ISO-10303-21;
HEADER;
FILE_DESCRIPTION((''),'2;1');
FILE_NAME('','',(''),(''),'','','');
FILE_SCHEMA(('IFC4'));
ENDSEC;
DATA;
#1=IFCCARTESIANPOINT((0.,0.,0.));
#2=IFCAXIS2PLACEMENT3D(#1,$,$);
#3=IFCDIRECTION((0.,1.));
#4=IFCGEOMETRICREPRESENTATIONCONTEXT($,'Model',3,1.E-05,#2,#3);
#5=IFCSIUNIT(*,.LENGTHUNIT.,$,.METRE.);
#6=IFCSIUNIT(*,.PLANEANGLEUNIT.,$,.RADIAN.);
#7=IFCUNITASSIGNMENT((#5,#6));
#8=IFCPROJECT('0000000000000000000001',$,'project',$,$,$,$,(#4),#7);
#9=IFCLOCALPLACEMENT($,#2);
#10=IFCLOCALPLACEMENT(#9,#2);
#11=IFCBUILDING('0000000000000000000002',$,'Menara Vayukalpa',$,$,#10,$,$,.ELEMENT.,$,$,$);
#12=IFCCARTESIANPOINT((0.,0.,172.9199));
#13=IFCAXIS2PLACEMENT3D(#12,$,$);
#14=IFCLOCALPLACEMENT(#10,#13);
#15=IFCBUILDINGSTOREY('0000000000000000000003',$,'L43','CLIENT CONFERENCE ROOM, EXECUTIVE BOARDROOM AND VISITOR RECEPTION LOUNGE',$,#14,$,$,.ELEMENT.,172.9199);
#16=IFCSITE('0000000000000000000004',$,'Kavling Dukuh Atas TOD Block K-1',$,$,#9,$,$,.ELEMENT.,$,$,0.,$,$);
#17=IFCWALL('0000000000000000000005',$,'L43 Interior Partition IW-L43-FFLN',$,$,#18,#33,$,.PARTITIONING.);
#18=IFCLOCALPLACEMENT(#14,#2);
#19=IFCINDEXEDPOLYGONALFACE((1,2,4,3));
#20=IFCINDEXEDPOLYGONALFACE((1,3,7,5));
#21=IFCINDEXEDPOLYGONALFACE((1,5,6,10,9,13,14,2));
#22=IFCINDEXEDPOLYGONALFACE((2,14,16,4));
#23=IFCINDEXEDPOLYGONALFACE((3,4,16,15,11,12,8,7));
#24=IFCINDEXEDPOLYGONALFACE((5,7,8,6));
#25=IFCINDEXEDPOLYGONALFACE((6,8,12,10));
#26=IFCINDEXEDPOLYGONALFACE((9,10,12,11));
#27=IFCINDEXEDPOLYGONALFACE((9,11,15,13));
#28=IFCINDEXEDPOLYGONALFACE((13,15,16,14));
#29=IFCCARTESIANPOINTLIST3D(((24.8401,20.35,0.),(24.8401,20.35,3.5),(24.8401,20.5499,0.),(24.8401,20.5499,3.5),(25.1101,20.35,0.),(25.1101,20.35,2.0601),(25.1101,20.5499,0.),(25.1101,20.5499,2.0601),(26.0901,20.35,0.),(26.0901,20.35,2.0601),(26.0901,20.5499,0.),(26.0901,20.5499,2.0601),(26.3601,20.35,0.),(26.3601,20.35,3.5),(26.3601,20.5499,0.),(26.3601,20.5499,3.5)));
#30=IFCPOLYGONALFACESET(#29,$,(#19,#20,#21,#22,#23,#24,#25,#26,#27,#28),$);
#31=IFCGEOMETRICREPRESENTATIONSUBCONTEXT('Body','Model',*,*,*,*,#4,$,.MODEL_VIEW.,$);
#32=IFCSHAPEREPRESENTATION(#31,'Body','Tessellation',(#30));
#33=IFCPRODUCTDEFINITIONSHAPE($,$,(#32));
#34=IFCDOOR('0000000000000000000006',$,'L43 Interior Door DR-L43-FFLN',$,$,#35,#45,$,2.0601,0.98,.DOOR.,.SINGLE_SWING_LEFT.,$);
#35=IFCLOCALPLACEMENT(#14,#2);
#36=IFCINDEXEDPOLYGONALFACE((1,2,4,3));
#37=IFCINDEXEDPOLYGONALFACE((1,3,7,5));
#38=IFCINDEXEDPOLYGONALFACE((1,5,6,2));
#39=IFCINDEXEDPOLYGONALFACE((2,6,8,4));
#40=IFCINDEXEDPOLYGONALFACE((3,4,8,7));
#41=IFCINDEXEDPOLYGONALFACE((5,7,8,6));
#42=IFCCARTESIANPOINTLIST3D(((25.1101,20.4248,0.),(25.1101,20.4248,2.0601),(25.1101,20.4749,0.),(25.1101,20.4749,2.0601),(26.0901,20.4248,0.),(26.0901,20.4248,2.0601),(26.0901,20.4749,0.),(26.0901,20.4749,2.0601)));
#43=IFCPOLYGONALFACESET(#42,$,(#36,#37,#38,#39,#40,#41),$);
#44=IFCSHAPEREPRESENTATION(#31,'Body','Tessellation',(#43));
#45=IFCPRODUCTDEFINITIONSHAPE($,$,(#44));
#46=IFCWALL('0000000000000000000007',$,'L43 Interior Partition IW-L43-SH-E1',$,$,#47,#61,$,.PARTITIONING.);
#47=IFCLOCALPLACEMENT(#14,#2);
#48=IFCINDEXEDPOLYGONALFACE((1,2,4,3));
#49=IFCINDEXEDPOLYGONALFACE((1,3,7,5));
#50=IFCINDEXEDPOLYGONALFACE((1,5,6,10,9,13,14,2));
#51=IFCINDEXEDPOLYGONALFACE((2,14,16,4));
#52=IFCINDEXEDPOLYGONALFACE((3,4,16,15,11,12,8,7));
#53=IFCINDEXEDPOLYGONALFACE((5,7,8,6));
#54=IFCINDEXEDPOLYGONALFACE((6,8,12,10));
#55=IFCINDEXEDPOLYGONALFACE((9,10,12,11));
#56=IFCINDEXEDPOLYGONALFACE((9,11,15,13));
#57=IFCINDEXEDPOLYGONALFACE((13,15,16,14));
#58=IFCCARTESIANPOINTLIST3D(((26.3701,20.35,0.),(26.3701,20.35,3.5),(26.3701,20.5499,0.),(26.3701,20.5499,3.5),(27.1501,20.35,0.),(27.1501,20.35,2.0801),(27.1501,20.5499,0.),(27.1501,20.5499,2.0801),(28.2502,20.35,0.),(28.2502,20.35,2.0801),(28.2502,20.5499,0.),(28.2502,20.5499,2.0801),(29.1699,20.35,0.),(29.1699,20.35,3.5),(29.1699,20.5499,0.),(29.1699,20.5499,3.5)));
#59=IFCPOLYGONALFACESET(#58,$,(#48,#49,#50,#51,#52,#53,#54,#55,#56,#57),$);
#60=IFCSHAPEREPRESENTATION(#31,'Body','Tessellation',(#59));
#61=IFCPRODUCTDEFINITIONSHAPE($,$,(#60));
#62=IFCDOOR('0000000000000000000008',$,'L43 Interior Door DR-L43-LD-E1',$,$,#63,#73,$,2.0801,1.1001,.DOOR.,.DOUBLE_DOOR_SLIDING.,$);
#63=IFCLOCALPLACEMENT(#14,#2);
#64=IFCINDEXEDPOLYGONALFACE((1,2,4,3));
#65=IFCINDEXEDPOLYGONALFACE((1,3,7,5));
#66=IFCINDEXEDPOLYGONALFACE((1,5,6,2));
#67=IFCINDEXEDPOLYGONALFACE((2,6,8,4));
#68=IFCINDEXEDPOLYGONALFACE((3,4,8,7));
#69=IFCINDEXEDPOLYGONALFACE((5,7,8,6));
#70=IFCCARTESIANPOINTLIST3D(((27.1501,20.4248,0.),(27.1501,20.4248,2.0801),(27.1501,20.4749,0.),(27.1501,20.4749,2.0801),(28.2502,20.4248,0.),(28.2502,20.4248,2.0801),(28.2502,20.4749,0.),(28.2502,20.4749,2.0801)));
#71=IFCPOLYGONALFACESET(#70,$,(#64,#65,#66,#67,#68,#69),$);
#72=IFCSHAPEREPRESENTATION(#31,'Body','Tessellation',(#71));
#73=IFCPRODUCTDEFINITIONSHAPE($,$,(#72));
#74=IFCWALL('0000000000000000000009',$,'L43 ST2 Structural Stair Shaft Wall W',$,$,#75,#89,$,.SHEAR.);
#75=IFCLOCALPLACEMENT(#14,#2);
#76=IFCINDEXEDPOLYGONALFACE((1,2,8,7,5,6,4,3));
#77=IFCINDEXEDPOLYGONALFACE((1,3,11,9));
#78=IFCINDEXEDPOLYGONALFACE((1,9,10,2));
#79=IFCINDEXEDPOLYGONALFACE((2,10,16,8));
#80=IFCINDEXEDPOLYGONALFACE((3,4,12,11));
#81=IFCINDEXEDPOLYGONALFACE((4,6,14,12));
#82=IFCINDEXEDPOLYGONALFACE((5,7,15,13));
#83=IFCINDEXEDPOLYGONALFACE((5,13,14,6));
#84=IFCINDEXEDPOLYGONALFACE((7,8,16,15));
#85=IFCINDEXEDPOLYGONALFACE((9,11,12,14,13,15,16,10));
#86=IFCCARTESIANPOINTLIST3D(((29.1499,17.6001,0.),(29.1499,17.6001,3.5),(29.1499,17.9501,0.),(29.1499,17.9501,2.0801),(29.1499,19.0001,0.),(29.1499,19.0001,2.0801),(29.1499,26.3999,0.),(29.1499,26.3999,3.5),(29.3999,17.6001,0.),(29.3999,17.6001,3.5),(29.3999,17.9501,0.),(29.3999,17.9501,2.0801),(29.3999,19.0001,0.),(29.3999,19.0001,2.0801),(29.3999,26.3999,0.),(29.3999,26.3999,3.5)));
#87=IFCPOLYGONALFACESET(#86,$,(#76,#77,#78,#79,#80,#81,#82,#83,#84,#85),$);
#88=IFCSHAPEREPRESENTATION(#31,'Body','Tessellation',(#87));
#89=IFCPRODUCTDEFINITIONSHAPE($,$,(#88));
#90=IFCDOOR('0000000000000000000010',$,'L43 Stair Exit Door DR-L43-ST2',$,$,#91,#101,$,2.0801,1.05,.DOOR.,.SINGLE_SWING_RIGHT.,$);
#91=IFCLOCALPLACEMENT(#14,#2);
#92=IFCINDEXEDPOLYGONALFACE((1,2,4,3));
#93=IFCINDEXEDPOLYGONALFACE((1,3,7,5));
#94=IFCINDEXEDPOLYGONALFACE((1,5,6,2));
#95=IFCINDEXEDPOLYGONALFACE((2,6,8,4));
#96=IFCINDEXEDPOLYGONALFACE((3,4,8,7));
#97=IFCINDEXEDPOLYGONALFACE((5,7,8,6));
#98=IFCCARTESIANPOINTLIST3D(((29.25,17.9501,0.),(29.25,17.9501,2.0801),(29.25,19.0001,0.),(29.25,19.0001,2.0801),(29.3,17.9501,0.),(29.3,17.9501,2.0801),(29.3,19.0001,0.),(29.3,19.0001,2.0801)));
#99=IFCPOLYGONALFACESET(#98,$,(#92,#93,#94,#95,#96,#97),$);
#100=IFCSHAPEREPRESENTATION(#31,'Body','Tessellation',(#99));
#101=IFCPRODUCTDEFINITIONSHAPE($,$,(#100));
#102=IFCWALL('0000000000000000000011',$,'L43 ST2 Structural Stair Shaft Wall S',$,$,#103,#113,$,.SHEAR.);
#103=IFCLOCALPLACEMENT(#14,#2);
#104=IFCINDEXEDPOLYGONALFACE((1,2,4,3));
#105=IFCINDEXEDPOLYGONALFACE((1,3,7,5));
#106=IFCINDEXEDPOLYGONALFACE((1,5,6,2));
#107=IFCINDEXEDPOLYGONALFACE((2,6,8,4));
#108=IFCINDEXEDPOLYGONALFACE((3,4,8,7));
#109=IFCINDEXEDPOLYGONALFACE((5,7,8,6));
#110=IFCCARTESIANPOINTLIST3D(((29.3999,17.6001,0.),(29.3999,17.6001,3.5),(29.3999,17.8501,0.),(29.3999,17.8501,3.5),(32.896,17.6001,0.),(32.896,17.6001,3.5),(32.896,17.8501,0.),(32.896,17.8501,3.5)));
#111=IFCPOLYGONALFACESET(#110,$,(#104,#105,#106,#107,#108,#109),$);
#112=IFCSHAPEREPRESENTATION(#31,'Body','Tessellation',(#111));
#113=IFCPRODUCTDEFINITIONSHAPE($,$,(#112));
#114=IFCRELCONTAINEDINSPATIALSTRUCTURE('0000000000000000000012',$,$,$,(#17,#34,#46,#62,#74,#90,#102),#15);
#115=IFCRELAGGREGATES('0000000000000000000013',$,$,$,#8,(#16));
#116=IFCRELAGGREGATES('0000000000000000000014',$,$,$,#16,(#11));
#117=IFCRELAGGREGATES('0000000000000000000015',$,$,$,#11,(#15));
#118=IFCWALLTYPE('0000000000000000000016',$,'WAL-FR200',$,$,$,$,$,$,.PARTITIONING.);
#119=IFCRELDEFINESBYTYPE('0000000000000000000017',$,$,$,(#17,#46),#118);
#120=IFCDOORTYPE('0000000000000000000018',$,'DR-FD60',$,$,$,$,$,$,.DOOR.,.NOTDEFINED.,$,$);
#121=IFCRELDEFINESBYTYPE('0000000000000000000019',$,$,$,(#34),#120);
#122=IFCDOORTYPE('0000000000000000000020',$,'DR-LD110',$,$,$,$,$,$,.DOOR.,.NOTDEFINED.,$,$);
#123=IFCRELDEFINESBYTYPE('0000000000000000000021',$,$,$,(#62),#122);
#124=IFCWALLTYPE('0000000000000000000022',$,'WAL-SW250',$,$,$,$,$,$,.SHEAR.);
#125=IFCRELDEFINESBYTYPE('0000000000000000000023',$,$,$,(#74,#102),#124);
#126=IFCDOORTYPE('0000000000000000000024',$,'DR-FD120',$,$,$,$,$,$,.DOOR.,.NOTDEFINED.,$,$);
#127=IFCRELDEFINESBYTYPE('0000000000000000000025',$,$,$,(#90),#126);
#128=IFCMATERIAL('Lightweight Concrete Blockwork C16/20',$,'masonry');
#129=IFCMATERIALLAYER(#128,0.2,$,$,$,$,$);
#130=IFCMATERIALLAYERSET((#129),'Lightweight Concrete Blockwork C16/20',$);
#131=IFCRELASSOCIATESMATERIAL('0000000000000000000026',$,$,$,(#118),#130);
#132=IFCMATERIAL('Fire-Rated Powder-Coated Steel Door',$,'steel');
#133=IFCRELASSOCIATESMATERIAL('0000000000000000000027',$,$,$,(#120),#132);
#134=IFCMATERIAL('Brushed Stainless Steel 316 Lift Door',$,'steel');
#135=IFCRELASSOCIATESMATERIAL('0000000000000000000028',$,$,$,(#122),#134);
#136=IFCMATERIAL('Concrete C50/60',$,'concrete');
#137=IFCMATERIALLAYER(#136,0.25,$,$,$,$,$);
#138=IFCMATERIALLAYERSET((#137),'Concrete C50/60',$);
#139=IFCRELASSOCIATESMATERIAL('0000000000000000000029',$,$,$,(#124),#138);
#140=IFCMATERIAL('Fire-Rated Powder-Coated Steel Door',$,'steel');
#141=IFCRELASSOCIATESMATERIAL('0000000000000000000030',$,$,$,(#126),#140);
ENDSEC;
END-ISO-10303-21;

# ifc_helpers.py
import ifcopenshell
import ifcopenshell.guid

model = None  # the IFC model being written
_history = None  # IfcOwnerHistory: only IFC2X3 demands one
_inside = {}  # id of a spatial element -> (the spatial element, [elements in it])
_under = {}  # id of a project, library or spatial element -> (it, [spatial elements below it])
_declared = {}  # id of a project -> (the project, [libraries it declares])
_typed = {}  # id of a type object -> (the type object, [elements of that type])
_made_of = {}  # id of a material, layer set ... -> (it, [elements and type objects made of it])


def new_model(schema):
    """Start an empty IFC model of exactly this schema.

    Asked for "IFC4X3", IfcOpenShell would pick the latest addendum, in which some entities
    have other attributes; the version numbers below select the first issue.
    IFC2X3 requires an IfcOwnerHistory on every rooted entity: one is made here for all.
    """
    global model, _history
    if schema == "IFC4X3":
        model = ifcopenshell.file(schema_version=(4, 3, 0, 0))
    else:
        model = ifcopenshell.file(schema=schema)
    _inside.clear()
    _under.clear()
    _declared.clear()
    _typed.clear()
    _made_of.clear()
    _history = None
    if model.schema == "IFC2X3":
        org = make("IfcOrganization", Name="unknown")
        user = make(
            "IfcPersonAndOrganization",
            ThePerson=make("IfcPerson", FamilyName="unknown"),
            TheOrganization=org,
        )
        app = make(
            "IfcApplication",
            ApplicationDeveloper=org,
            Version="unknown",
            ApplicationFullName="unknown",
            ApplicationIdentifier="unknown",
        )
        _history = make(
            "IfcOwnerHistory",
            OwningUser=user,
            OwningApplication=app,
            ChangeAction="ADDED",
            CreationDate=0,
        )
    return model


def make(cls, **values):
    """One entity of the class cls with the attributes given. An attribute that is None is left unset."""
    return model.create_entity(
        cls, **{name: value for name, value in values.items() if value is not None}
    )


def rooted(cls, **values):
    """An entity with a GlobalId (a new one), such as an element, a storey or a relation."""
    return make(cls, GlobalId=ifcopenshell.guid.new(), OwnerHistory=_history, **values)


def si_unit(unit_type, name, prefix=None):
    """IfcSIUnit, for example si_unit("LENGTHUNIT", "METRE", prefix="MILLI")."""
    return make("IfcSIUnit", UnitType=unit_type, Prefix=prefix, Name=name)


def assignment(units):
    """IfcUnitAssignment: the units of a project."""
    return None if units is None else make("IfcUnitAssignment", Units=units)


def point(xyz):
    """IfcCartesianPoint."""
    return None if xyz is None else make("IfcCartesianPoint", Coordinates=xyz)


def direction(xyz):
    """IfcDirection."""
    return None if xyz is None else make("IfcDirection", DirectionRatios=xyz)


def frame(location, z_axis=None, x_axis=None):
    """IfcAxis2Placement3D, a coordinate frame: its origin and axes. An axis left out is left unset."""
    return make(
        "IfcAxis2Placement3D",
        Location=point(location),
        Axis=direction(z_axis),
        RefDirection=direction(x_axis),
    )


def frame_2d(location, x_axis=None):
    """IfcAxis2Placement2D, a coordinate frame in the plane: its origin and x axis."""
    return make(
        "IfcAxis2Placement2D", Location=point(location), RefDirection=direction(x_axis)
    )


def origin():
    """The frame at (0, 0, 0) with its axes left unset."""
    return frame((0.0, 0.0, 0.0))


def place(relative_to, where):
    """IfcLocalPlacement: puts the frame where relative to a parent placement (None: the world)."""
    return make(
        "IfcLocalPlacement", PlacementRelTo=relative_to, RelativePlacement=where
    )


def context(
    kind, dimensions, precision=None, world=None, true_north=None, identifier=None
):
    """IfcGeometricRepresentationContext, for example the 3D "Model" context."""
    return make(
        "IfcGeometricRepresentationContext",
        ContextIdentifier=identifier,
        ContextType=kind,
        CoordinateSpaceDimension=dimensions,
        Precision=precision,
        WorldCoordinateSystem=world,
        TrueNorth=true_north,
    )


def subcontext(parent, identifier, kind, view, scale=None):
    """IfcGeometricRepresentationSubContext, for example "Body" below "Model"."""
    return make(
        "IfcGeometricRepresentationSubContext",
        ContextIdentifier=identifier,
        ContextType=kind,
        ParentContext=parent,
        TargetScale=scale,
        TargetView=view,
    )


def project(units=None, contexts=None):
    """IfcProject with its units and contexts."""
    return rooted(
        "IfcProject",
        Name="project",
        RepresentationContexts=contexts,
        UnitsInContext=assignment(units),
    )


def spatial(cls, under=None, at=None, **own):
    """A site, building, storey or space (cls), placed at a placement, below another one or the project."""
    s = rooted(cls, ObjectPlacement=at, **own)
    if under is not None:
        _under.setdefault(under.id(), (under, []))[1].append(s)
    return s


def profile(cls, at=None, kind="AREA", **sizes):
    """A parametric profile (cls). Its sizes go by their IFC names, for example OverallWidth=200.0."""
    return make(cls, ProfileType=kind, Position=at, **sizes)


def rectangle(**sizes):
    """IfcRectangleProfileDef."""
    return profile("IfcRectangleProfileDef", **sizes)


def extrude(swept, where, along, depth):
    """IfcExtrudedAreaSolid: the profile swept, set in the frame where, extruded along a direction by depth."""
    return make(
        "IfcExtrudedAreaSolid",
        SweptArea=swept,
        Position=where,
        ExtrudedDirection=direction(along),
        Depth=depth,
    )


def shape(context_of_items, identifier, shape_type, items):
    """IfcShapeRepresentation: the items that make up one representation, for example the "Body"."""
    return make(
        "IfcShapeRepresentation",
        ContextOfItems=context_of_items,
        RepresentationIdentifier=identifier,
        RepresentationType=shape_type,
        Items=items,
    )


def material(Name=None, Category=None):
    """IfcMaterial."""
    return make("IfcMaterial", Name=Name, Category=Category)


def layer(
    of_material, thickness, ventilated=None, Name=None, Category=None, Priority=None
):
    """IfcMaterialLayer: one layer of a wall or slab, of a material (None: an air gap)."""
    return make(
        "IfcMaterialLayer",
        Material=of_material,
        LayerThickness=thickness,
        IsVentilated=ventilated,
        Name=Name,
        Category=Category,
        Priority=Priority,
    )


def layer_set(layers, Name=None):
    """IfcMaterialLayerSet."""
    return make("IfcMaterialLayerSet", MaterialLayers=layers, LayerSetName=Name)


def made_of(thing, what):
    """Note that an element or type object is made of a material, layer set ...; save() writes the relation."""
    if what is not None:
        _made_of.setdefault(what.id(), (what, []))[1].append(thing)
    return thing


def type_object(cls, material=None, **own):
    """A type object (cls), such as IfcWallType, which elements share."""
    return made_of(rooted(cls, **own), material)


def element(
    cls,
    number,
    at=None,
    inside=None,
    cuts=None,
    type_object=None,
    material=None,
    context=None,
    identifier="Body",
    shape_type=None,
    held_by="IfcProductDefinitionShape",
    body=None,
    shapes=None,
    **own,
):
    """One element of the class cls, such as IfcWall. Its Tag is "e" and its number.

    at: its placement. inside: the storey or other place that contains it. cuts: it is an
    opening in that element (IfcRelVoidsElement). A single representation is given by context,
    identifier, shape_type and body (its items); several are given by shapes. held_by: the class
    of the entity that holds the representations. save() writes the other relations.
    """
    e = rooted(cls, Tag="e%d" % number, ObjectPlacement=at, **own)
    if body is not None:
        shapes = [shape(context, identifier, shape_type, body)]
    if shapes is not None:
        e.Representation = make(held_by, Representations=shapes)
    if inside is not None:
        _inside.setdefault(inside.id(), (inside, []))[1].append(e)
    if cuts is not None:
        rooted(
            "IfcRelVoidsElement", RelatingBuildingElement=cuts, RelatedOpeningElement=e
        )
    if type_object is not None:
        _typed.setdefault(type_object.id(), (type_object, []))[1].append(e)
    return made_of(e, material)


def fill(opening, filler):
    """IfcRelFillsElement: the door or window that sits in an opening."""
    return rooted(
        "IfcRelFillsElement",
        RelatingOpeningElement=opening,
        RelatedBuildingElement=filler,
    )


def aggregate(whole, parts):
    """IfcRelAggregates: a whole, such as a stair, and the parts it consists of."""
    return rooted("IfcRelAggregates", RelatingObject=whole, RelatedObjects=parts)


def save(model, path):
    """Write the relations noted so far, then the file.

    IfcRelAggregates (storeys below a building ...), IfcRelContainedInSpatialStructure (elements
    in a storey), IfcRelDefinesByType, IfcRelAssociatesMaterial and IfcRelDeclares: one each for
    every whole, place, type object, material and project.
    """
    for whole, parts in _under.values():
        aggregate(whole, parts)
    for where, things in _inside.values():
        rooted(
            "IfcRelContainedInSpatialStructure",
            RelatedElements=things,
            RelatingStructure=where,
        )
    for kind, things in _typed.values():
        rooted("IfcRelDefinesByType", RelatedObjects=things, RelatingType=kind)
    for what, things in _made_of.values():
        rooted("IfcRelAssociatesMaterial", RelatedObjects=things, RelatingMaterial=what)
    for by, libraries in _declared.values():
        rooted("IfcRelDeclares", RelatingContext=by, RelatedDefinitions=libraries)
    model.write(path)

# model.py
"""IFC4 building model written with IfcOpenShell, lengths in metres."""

from ifc_helpers import new_model, si_unit, direction, frame, frame_2d, origin, place, context, subcontext, project, spatial, rectangle, extrude, material, layer, layer_set, type_object, element, fill, save


model = new_model("IFC4")

# Units and contexts
model_context = context("Model", 3, precision=1e-05, world=origin(), true_north=direction((0.0, 1.0)))
body_context = subcontext(model_context, "Body", "Model", "MODEL_VIEW")
ifc_project = project(units=[si_unit("LENGTHUNIT", "METRE"), si_unit("PLANEANGLEUNIT", "RADIAN")], contexts=[model_context])

# Site, building, storey
site_placement = place(None, origin())
site = spatial("IfcSite", under=ifc_project, at=site_placement, Name="Kavling Dukuh Atas TOD Block K-1", CompositionType="ELEMENT", RefElevation=0.0)
building_placement = place(site_placement, origin())
building = spatial("IfcBuilding", under=site, at=building_placement, Name="Menara Vayukalpa", CompositionType="ELEMENT")
storey_placement = place(building_placement, frame((0.0, 0.0, 172.9199)))
storey = spatial("IfcBuildingStorey", under=building, at=storey_placement, Name="L43", Description="CLIENT CONFERENCE ROOM, EXECUTIVE BOARDROOM AND VISITOR RECEPTION LOUNGE", CompositionType="ELEMENT", Elevation=172.9199)

# Walls, openings, doors
ifc_material_1 = material(Name="Lightweight Concrete Blockwork C16/20", Category="masonry")
ifc_layer_1 = layer(ifc_material_1, 0.2)
ifc_layer_set_1 = layer_set([ifc_layer_1], Name="Lightweight Concrete Blockwork C16/20")
wall_type_1 = type_object("IfcWallType", Name="WAL-FR200", PredefinedType="PARTITIONING", material=ifc_layer_set_1)
wall_1_placement = place(storey_placement, frame((24.8401, 20.45, 0.0), z_axis=(0.0, 0.0, 1.0), x_axis=(1.0, 0.0, 0.0)))
wall_1 = element("IfcWall", 1, at=wall_1_placement, inside=storey, type_object=wall_type_1, Name="L43 Interior Partition IW-L43-FFLN", PredefinedType="PARTITIONING", context=body_context, shape_type="SweptSolid", body=[
    extrude(rectangle(XDim=1.52, YDim=0.2, at=frame_2d((0.76, 0.0))), origin(), (0.0, 0.0, 1.0), 3.5),
])
opening_1_placement = place(wall_1_placement, frame((0.27, 0.0, 0.0)))
opening_1 = element("IfcOpeningElement", 2, at=opening_1_placement, cuts=wall_1, PredefinedType="OPENING", context=body_context, shape_type="SweptSolid", body=[
    extrude(rectangle(XDim=0.98, YDim=2.0601, at=frame_2d((0.49, 1.03))), frame((0.0, 0.1099, 0.0), z_axis=(0.0, -1.0, 0.0), x_axis=(1.0, 0.0, 0.0)), (0.0, 0.0, 1.0), 0.22),
])
ifc_material_2 = material(Name="Fire-Rated Powder-Coated Steel Door", Category="steel")
door_type_1 = type_object("IfcDoorType", Name="DR-FD60", OperationType="NOTDEFINED", PredefinedType="DOOR", material=ifc_material_2)
door_1_placement = place(opening_1_placement, origin())
door_1 = element("IfcDoor", 3, at=door_1_placement, inside=storey, type_object=door_type_1, Name="L43 Interior Door DR-L43-FFLN", OperationType="SINGLE_SWING_LEFT", OverallHeight=2.0601, OverallWidth=0.98, PredefinedType="DOOR", context=body_context, shape_type="SweptSolid", body=[
    extrude(rectangle(XDim=0.98, YDim=2.0601, at=frame_2d((0.49, 1.03))), frame((0.0, 0.0249, 0.0), z_axis=(0.0, -1.0, 0.0), x_axis=(1.0, 0.0, 0.0)), (0.0, 0.0, 1.0), 0.05),
])
fill(opening_1, door_1)
wall_2_placement = place(storey_placement, frame((26.3701, 20.45, 0.0), z_axis=(0.0, 0.0, 1.0), x_axis=(1.0, 0.0, 0.0)))
wall_2 = element("IfcWall", 4, at=wall_2_placement, inside=storey, type_object=wall_type_1, Name="L43 Interior Partition IW-L43-SH-E1", PredefinedType="PARTITIONING", context=body_context, shape_type="SweptSolid", body=[
    extrude(rectangle(XDim=2.7998, YDim=0.2, at=frame_2d((1.3999, 0.0))), origin(), (0.0, 0.0, 1.0), 3.5),
])
opening_2_placement = place(wall_2_placement, frame((0.78, 0.0, 0.0)))
opening_2 = element("IfcOpeningElement", 5, at=opening_2_placement, cuts=wall_2, PredefinedType="OPENING", context=body_context, shape_type="SweptSolid", body=[
    extrude(rectangle(XDim=1.1001, YDim=2.0801, at=frame_2d((0.55, 1.04))), frame((0.0, 0.1099, 0.0), z_axis=(0.0, -1.0, 0.0), x_axis=(1.0, 0.0, 0.0)), (0.0, 0.0, 1.0), 0.22),
])
ifc_material_3 = material(Name="Brushed Stainless Steel 316 Lift Door", Category="steel")
door_type_2 = type_object("IfcDoorType", Name="DR-LD110", OperationType="NOTDEFINED", PredefinedType="DOOR", material=ifc_material_3)
door_2_placement = place(opening_2_placement, origin())
door_2 = element("IfcDoor", 6, at=door_2_placement, inside=storey, type_object=door_type_2, Name="L43 Interior Door DR-L43-LD-E1", OperationType="DOUBLE_DOOR_SLIDING", OverallHeight=2.0801, OverallWidth=1.1001, PredefinedType="DOOR", context=body_context, shape_type="SweptSolid", body=[
    extrude(rectangle(XDim=1.1001, YDim=2.0801, at=frame_2d((0.55, 1.04))), frame((0.0, 0.0249, 0.0), z_axis=(0.0, -1.0, 0.0), x_axis=(1.0, 0.0, 0.0)), (0.0, 0.0, 1.0), 0.05),
])
fill(opening_2, door_2)
ifc_material_4 = material(Name="Concrete C50/60", Category="concrete")
ifc_layer_2 = layer(ifc_material_4, 0.25)
ifc_layer_set_2 = layer_set([ifc_layer_2], Name="Concrete C50/60")
wall_type_2 = type_object("IfcWallType", Name="WAL-SW250", PredefinedType="SHEAR", material=ifc_layer_set_2)
wall_3_placement = place(storey_placement, frame((29.2749, 17.6001, 0.0), z_axis=(0.0, 0.0, 1.0), x_axis=(0.0, 1.0, 0.0)))
wall_3 = element("IfcWall", 7, at=wall_3_placement, inside=storey, type_object=wall_type_2, Name="L43 ST2 Structural Stair Shaft Wall W", PredefinedType="SHEAR", context=body_context, shape_type="SweptSolid", body=[
    extrude(rectangle(XDim=8.7998, YDim=0.25, at=frame_2d((4.3999, 0.0))), origin(), (0.0, 0.0, 1.0), 3.5),
])
opening_3_placement = place(wall_3_placement, frame((0.3501, 0.0, 0.0)))
opening_3 = element("IfcOpeningElement", 8, at=opening_3_placement, cuts=wall_3, PredefinedType="OPENING", context=body_context, shape_type="SweptSolid", body=[
    extrude(rectangle(XDim=1.05, YDim=2.0801, at=frame_2d((0.5249, 1.04))), frame((0.0, 0.135, 0.0), z_axis=(0.0, -1.0, 0.0), x_axis=(1.0, 0.0, 0.0)), (0.0, 0.0, 1.0), 0.27),
])
ifc_material_5 = material(Name="Fire-Rated Powder-Coated Steel Door", Category="steel")
door_type_3 = type_object("IfcDoorType", Name="DR-FD120", OperationType="NOTDEFINED", PredefinedType="DOOR", material=ifc_material_5)
door_3_placement = place(opening_3_placement, origin())
door_3 = element("IfcDoor", 9, at=door_3_placement, inside=storey, type_object=door_type_3, Name="L43 Stair Exit Door DR-L43-ST2", OperationType="SINGLE_SWING_RIGHT", OverallHeight=2.0801, OverallWidth=1.05, PredefinedType="DOOR", context=body_context, shape_type="SweptSolid", body=[
    extrude(rectangle(XDim=1.05, YDim=2.0801, at=frame_2d((0.5249, 1.04))), frame((0.0, 0.0249, 0.0), z_axis=(0.0, -1.0, 0.0), x_axis=(1.0, 0.0, 0.0)), (0.0, 0.0, 1.0), 0.05),
])
fill(opening_3, door_3)

# Wall
wall_4_placement = place(storey_placement, frame((29.3999, 17.7251, 0.0), z_axis=(0.0, 0.0, 1.0), x_axis=(1.0, 0.0, 0.0)))
element("IfcWall", 10, at=wall_4_placement, inside=storey, type_object=wall_type_2, Name="L43 ST2 Structural Stair Shaft Wall S", PredefinedType="SHEAR", context=body_context, shape_type="SweptSolid", body=[
    extrude(rectangle(XDim=3.4961, YDim=0.25, at=frame_2d((1.748, 0.0))), origin(), (0.0, 0.0, 1.0), 3.5),
])

save(model, "model.ifc")
